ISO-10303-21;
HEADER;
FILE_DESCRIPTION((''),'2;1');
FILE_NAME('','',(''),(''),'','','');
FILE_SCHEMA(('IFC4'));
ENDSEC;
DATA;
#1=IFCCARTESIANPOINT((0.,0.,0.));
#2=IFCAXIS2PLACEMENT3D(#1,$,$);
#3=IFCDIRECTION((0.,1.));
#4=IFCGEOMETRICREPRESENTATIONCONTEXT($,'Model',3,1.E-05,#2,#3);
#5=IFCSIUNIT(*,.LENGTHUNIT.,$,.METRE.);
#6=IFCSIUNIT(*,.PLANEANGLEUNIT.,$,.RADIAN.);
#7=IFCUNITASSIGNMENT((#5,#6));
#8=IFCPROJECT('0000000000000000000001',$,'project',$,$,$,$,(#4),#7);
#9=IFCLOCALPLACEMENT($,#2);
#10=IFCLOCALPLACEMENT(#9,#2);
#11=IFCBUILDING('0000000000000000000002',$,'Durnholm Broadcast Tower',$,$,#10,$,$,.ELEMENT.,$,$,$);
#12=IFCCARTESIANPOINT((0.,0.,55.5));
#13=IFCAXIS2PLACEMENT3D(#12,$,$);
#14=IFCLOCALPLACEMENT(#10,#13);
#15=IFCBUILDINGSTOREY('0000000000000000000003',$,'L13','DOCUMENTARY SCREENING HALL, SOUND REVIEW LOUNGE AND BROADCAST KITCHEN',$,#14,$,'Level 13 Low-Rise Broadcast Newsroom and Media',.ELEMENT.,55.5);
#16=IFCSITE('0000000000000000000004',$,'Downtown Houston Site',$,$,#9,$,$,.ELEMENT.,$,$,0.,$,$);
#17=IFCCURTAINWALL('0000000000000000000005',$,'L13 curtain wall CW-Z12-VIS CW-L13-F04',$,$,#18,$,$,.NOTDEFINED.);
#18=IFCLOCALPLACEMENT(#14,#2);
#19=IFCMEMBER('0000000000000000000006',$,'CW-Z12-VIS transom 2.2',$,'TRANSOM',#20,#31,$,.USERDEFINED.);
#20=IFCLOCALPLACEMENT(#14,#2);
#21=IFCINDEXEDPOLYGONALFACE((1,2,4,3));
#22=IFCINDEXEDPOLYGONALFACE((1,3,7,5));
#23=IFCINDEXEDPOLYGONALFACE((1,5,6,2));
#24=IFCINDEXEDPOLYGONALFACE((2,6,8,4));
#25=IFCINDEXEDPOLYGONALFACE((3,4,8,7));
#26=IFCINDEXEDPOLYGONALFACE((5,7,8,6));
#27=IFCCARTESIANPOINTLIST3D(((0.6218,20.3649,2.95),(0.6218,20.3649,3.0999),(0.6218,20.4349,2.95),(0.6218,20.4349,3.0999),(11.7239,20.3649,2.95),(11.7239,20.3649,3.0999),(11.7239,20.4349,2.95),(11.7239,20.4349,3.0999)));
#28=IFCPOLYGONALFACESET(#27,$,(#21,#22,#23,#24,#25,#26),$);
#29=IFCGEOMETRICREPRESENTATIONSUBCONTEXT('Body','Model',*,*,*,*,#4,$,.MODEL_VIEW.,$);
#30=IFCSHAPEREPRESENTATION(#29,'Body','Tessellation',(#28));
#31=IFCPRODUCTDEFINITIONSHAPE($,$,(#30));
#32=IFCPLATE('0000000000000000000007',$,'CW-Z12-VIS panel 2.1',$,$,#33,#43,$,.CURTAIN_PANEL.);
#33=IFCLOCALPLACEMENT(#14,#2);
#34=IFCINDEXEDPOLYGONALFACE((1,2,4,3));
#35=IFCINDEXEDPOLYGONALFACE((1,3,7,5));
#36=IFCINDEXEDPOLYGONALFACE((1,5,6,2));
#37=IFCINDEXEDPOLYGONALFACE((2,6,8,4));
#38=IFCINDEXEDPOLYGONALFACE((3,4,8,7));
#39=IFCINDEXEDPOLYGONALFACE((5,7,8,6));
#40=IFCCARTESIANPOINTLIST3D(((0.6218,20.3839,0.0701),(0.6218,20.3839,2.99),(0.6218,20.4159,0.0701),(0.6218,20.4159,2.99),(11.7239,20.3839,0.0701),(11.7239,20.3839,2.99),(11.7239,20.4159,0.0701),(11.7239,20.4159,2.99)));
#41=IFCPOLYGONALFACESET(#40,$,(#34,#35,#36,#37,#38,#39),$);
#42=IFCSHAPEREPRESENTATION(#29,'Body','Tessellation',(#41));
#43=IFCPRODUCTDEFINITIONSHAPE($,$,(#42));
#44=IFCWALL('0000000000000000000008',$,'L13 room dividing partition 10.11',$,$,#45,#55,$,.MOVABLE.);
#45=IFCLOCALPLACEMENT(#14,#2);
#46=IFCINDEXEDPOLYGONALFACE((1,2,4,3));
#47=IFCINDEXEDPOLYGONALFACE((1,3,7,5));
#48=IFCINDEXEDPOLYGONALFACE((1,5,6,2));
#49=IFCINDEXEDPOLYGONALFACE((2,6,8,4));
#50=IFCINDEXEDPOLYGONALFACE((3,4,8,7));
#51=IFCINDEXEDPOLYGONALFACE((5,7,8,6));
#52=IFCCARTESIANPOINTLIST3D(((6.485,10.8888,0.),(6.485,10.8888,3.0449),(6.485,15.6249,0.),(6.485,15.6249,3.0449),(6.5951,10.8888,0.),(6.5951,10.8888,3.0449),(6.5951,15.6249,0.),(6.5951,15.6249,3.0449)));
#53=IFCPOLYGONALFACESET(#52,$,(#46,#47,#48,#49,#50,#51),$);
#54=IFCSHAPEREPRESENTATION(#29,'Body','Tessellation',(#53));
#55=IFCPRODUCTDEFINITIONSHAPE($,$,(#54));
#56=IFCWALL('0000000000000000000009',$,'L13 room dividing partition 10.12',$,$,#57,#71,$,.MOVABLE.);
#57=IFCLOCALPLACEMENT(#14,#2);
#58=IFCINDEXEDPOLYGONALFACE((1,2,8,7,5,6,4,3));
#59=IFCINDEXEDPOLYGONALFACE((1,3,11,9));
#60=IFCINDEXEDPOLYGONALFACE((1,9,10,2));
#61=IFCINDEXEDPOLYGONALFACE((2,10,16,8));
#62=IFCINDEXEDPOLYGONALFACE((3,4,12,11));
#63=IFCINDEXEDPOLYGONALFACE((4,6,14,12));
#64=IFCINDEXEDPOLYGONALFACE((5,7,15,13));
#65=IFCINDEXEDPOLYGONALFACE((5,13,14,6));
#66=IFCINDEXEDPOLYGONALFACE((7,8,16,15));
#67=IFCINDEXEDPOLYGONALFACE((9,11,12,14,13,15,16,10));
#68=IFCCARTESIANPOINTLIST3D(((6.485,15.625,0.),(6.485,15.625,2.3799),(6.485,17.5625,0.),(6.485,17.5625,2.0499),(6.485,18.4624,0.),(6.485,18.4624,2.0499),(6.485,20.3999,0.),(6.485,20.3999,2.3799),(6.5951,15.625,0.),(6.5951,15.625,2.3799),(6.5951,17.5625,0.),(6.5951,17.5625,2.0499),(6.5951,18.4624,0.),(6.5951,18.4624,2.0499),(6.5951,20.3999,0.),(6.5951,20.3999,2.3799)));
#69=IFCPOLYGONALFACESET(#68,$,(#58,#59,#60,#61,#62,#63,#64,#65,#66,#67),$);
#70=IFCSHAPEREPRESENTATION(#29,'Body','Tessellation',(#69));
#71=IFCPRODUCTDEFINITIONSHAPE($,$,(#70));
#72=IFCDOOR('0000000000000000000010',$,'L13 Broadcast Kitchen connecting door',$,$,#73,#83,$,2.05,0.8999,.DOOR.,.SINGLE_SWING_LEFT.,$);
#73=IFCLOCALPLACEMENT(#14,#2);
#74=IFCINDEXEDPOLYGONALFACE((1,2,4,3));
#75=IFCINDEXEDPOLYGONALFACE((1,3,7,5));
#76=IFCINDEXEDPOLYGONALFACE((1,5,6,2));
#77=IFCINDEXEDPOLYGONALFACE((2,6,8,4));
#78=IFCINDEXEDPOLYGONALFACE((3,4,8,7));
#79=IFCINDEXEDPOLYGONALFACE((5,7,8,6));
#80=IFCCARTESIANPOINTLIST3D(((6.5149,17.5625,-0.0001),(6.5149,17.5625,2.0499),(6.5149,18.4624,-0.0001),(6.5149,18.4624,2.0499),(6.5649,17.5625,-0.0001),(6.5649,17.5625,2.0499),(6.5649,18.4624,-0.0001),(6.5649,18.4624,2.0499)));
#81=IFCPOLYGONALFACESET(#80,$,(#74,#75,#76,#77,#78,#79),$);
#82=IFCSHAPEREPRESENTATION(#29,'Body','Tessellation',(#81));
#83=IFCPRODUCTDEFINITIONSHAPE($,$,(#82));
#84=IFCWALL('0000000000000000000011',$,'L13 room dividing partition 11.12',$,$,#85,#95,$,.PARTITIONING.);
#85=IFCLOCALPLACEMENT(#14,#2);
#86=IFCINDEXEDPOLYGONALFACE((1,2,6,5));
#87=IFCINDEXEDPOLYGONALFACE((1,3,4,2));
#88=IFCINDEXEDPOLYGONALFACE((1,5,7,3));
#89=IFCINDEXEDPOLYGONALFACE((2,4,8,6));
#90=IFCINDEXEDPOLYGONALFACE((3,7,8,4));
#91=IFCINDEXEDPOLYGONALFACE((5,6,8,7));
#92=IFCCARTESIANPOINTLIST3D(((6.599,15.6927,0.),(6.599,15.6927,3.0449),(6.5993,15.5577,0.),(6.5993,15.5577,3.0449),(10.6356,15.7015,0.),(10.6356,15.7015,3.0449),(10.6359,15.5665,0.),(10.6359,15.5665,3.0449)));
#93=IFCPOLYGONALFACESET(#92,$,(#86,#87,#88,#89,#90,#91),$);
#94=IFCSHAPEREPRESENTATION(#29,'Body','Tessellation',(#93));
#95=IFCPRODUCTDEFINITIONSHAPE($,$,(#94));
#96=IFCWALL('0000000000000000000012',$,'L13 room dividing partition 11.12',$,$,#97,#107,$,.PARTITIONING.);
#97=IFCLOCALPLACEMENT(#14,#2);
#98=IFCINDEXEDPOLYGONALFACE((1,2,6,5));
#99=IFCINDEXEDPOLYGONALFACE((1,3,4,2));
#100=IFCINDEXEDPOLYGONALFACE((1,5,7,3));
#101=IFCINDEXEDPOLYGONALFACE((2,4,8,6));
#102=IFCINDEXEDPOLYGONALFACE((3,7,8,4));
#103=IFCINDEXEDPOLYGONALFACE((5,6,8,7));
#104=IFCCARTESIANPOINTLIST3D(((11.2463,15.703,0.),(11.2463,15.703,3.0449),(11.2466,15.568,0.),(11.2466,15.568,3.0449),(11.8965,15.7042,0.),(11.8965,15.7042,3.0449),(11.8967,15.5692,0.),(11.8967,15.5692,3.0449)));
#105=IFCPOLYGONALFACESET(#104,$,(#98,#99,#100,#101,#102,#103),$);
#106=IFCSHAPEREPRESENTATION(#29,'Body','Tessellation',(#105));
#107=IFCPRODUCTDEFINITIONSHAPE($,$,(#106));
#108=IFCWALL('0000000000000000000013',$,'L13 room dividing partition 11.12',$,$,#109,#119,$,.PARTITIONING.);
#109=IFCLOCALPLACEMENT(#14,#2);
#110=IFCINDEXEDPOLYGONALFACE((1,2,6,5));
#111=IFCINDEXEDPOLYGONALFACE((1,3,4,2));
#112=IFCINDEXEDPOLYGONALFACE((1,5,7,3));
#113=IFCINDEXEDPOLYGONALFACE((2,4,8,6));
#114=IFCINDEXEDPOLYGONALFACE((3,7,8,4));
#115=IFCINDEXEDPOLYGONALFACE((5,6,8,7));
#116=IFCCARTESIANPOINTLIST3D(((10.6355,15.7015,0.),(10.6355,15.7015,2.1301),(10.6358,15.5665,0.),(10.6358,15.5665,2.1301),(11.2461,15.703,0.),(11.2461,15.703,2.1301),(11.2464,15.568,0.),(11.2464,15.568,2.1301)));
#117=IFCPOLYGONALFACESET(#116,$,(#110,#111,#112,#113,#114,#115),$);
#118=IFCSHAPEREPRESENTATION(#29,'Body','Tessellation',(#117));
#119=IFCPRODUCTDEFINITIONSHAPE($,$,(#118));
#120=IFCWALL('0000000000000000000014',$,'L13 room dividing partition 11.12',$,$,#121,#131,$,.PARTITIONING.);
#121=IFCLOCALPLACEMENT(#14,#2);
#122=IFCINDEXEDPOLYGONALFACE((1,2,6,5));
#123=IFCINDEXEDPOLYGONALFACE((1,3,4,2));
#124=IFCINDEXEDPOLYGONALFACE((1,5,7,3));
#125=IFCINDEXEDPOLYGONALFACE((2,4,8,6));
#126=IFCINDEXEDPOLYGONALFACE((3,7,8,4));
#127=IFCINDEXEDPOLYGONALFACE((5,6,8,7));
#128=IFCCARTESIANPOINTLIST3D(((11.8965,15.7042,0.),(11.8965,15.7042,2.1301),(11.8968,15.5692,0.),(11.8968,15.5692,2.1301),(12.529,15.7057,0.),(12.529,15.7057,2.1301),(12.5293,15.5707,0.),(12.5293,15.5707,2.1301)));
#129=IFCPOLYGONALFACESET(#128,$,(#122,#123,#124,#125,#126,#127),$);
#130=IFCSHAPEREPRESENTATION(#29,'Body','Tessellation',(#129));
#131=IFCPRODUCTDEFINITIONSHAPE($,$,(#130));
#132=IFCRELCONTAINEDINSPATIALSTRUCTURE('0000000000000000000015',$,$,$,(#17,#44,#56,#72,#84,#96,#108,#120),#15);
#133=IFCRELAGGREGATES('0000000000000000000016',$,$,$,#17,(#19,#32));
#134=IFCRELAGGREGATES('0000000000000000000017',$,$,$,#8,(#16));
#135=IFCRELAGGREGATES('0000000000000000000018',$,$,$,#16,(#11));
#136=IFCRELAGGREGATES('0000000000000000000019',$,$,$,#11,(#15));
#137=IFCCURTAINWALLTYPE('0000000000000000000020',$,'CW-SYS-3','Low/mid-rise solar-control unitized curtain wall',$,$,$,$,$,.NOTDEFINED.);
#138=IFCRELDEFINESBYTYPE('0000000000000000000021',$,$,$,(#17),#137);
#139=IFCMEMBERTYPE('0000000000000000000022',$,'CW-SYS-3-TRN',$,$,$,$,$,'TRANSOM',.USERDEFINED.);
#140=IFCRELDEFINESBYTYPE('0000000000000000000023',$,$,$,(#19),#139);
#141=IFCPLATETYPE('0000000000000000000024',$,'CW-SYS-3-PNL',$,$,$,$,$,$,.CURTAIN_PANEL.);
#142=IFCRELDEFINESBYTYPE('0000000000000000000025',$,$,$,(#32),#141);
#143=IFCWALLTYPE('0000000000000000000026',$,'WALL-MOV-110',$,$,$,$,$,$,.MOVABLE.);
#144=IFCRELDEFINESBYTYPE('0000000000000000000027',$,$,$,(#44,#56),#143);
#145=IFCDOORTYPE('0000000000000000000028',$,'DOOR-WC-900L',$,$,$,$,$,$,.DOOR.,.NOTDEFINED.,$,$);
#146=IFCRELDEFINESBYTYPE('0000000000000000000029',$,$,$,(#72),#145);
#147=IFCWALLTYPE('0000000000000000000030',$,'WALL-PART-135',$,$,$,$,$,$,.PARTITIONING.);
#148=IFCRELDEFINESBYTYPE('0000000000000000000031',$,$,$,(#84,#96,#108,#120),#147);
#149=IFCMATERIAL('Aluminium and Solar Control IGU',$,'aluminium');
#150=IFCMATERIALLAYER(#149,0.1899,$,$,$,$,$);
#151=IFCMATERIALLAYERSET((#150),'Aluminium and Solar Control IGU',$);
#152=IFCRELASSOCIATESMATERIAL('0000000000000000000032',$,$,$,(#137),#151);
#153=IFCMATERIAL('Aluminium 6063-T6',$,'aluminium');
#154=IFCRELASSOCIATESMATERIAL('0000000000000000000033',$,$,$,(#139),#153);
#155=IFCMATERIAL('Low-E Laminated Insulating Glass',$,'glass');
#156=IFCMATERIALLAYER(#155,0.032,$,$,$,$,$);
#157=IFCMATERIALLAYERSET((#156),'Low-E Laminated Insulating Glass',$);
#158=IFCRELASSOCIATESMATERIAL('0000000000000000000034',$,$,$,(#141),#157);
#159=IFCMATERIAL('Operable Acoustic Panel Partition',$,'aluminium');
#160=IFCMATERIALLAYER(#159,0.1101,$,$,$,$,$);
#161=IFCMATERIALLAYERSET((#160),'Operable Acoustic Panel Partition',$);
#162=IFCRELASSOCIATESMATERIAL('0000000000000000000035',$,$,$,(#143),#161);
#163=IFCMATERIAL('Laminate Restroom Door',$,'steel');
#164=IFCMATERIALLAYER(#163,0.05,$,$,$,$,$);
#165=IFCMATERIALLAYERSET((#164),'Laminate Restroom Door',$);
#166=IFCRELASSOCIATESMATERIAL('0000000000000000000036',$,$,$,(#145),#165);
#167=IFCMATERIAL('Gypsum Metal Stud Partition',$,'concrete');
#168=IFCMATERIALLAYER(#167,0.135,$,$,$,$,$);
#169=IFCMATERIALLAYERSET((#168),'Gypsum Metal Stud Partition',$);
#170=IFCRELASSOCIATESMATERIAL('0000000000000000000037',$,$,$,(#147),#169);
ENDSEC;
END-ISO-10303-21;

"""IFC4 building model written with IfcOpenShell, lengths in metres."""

from ifc_helpers import new_model, si_unit, direction, frame, frame_2d, origin, origin_2d, place, context, subcontext, project, spatial, rectangle, extrude, source, transform, mapped, material, layer, layer_set, material_profile, profile_set, type_object, type_shapes, element, fill, aggregate, save


model = new_model("IFC4")

# Units and contexts
model_context = context("Model", 3, precision=1e-05, world=origin(), true_north=direction((0.0, 1.0)))
body_context = subcontext(model_context, "Body", "Model", "MODEL_VIEW")
ifc_project = project(units=[si_unit("LENGTHUNIT", "METRE"), si_unit("PLANEANGLEUNIT", "RADIAN")], contexts=[model_context])

# Site, building, storey
site_placement = place(None, origin())
site = spatial("IfcSite", under=ifc_project, at=site_placement, Name="Downtown Houston Site", CompositionType="ELEMENT", RefElevation=0.0)
building_placement = place(site_placement, origin())
building = spatial("IfcBuilding", under=site, at=building_placement, Name="Durnholm Broadcast Tower", CompositionType="ELEMENT")
storey_placement = place(building_placement, frame((0.0, 0.0, 55.5)))
storey = spatial("IfcBuildingStorey", under=building, at=storey_placement, Name="L13", Description="DOCUMENTARY SCREENING HALL, SOUND REVIEW LOUNGE AND BROADCAST KITCHEN", LongName="Level 13 Low-Rise Broadcast Newsroom and Media", CompositionType="ELEMENT", Elevation=55.5)

# Shared definitions
ifc_material_1 = material(Name="Aluminium and Solar Control IGU", Category="aluminium")
ifc_material_2 = material(Name="Aluminium 6063-T6", Category="aluminium")

# Curtain wall, member, plate
ifc_layer_1 = layer(ifc_material_1, 0.1899)
ifc_layer_set_1 = layer_set([ifc_layer_1], Name="Aluminium and Solar Control IGU")
curtain_wall_type_1 = type_object("IfcCurtainWallType", Name="CW-SYS-3", Description="Low/mid-rise solar-control unitized curtain wall", PredefinedType="NOTDEFINED", material=ifc_layer_set_1)
curtain_wall_1_placement = place(storey_placement, origin())
curtain_wall_1 = element("IfcCurtainWall", 1, at=curtain_wall_1_placement, inside=storey, type_object=curtain_wall_type_1, Name="L13 curtain wall CW-Z12-VIS CW-L13-F04", PredefinedType="NOTDEFINED")
ifc_material_profile_1 = material_profile(ifc_material_2, rectangle(XDim=0.0701, YDim=0.1499, at=origin_2d()), Name="CWT70X150")
ifc_profile_set_1 = profile_set([ifc_material_profile_1], Name="Aluminium 6063-T6")
member_type_1 = type_object("IfcMemberType", Name="CW-SYS-3-TRN", ElementType="TRANSOM", PredefinedType="USERDEFINED", material=ifc_profile_set_1)
shared_shape_1 = source(origin(), body_context, "Body", "SweptSolid", [
    extrude(rectangle(XDim=0.0701, YDim=0.1499, at=origin_2d()), origin(), (0.0, 0.0, 1.0), 11.1021),
])
type_shapes(member_type_1, [shared_shape_1])
member_1_placement = place(storey_placement, frame((0.6218, 20.3999, 3.0249), z_axis=(1.0, 0.0, 0.0), x_axis=(0.0, 1.0, 0.0)))
member_1 = element("IfcMember", 2, at=member_1_placement, type_object=member_type_1, Name="CW-Z12-VIS transom 2.2", ObjectType="TRANSOM", PredefinedType="USERDEFINED", context=body_context, shape_type="MappedRepresentation", body=[
    mapped(shared_shape_1, transform((0.0, 0.0, 0.0), x_axis=(1.0, 0.0, 0.0), y_axis=(0.0, 1.0, 0.0), z_axis=(0.0, 0.0, 1.0), scale=1.0)),
])
ifc_material_3 = material(Name="Low-E Laminated Insulating Glass", Category="glass")
ifc_layer_2 = layer(ifc_material_3, 0.032)
ifc_layer_set_2 = layer_set([ifc_layer_2], Name="Low-E Laminated Insulating Glass")
plate_type = type_object("IfcPlateType", Name="CW-SYS-3-PNL", PredefinedType="CURTAIN_PANEL", material=ifc_layer_set_2)
shared_shape_2 = source(origin(), body_context, "Body", "SweptSolid", [
    extrude(rectangle(XDim=11.1021, YDim=0.032, at=origin_2d()), origin(), (0.0, 0.0, 1.0), 2.9199),
])
type_shapes(plate_type, [shared_shape_2])
plate_placement = place(storey_placement, frame((6.1729, 20.3999, 0.0701), z_axis=(0.0, 0.0, 1.0), x_axis=(1.0, 0.0, 0.0)))
plate = element("IfcPlate", 3, at=plate_placement, type_object=plate_type, Name="CW-Z12-VIS panel 2.1", PredefinedType="CURTAIN_PANEL", context=body_context, shape_type="MappedRepresentation", body=[
    mapped(shared_shape_2, transform((0.0, 0.0, 0.0), x_axis=(1.0, 0.0, 0.0), y_axis=(0.0, 1.0, 0.0), z_axis=(0.0, 0.0, 1.0), scale=1.0)),
])
aggregate(curtain_wall_1, [member_1, plate])

# Wall
ifc_material_4 = material(Name="Operable Acoustic Panel Partition", Category="aluminium")
ifc_layer_3 = layer(ifc_material_4, 0.1101)
ifc_layer_set_3 = layer_set([ifc_layer_3], Name="Operable Acoustic Panel Partition")
wall_type_1 = type_object("IfcWallType", Name="WALL-MOV-110", PredefinedType="MOVABLE", material=ifc_layer_set_3)
wall_1_placement = place(storey_placement, frame((6.54, 15.625, 0.0), z_axis=(0.0, 0.0, 1.0), x_axis=(0.0, -1.0, 0.0)))
element("IfcWall", 4, at=wall_1_placement, inside=storey, type_object=wall_type_1, Name="L13 room dividing partition 10.11", PredefinedType="MOVABLE", context=body_context, shape_type="SweptSolid", body=[
    extrude(rectangle(XDim=4.7361, YDim=0.1101, at=frame_2d((2.3682, 0.0))), origin(), (0.0, 0.0, 1.0), 3.0449),
])

# Wall, opening, door
wall_2_placement = place(storey_placement, frame((6.54, 20.3999, 0.0), z_axis=(0.0, 0.0, 1.0), x_axis=(0.0, -1.0, 0.0)))
wall_2 = element("IfcWall", 5, at=wall_2_placement, inside=storey, type_object=wall_type_1, Name="L13 room dividing partition 10.12", PredefinedType="MOVABLE", context=body_context, shape_type="SweptSolid", body=[
    extrude(rectangle(XDim=4.7749, YDim=0.1101, at=frame_2d((2.3875, 0.0))), origin(), (0.0, 0.0, 1.0), 2.3799),
])
opening_placement = place(wall_2_placement, frame((1.9375, 0.0, 0.0)))
opening = element("IfcOpeningElement", 6, at=opening_placement, cuts=wall_2, PredefinedType="OPENING", context=body_context, shape_type="SweptSolid", body=[
    extrude(rectangle(XDim=0.8999, YDim=2.05, at=frame_2d((0.45, 1.0249))), frame((0.0, 0.0649, 0.0), z_axis=(0.0, -1.0, 0.0), x_axis=(1.0, 0.0, 0.0)), (0.0, 0.0, 1.0), 0.1301),
])
ifc_material_5 = material(Name="Laminate Restroom Door", Category="steel")
ifc_layer_4 = layer(ifc_material_5, 0.05)
ifc_layer_set_4 = layer_set([ifc_layer_4], Name="Laminate Restroom Door")
door_type = type_object("IfcDoorType", Name="DOOR-WC-900L", OperationType="NOTDEFINED", PredefinedType="DOOR", material=ifc_layer_set_4)
shared_shape_3 = source(origin(), body_context, "Body", "SweptSolid", [
    extrude(rectangle(XDim=0.8999, YDim=2.05, at=frame_2d((0.45, 1.0249))), frame((0.0, 0.0249, 0.0), z_axis=(0.0, -1.0, 0.0), x_axis=(1.0, 0.0, 0.0)), (0.0, 0.0, 1.0), 0.05),
])
type_shapes(door_type, [shared_shape_3])
door_placement = place(opening_placement, origin())
door = element("IfcDoor", 7, at=door_placement, inside=storey, type_object=door_type, Name="L13 Broadcast Kitchen connecting door", OperationType="SINGLE_SWING_LEFT", OverallHeight=2.05, OverallWidth=0.8999, PredefinedType="DOOR", context=body_context, shape_type="MappedRepresentation", body=[
    mapped(shared_shape_3, transform((0.0, 0.0, 0.0), x_axis=(1.0, 0.0, 0.0), y_axis=(0.0, 1.0, 0.0), z_axis=(0.0, 0.0, 1.0), scale=1.0)),
])
fill(opening, door)

# Walls
ifc_material_6 = material(Name="Gypsum Metal Stud Partition", Category="concrete")
ifc_layer_5 = layer(ifc_material_6, 0.135)
ifc_layer_set_5 = layer_set([ifc_layer_5], Name="Gypsum Metal Stud Partition")
wall_type_2 = type_object("IfcWallType", Name="WALL-PART-135", PredefinedType="PARTITIONING", material=ifc_layer_set_5)
wall_3_placement = place(storey_placement, frame((6.5991, 15.6252, 0.0), z_axis=(0.0, 0.0, 1.0), x_axis=(0.999998, 0.002177, 0.0)))
element("IfcWall", 8, at=wall_3_placement, inside=storey, type_object=wall_type_2, Name="L13 room dividing partition 11.12", PredefinedType="PARTITIONING", context=body_context, shape_type="SweptSolid", body=[
    extrude(rectangle(XDim=4.0366, YDim=0.135, at=frame_2d((2.0183, 0.0))), origin(), (0.0, 0.0, 1.0), 3.0449),
])
wall_4_placement = place(storey_placement, frame((11.2463, 15.6355, 0.0), z_axis=(0.0, 0.0, 1.0), x_axis=(0.999998, 0.001878, 0.0)))
element("IfcWall", 9, at=wall_4_placement, inside=storey, type_object=wall_type_2, Name="L13 room dividing partition 11.12", PredefinedType="PARTITIONING", context=body_context, shape_type="SweptSolid", body=[
    extrude(rectangle(XDim=0.6501, YDim=0.135, at=frame_2d((0.3252, 0.0))), origin(), (0.0, 0.0, 1.0), 3.0449),
])
wall_5_placement = place(storey_placement, frame((10.6357, 15.634, 0.0), z_axis=(0.0, 0.0, 1.0), x_axis=(0.999997, 0.002399, 0.0)))
element("IfcWall", 10, at=wall_5_placement, inside=storey, type_object=wall_type_2, Name="L13 room dividing partition 11.12", PredefinedType="PARTITIONING", context=body_context, shape_type="SweptSolid", body=[
    extrude(rectangle(XDim=0.6106, YDim=0.135, at=frame_2d((0.3052, 0.0))), origin(), (0.0, 0.0, 1.0), 2.1301),
])
wall_6_placement = place(storey_placement, frame((11.8965, 15.6367, 0.0), z_axis=(0.0, 0.0, 1.0), x_axis=(0.999997, 0.002316, 0.0)))
element("IfcWall", 11, at=wall_6_placement, inside=storey, type_object=wall_type_2, Name="L13 room dividing partition 11.12", PredefinedType="PARTITIONING", context=body_context, shape_type="SweptSolid", body=[
    extrude(rectangle(XDim=0.6326, YDim=0.135, at=frame_2d((0.3164, 0.0))), origin(), (0.0, 0.0, 1.0), 2.1301),
])

save(model, "model.ifc")
